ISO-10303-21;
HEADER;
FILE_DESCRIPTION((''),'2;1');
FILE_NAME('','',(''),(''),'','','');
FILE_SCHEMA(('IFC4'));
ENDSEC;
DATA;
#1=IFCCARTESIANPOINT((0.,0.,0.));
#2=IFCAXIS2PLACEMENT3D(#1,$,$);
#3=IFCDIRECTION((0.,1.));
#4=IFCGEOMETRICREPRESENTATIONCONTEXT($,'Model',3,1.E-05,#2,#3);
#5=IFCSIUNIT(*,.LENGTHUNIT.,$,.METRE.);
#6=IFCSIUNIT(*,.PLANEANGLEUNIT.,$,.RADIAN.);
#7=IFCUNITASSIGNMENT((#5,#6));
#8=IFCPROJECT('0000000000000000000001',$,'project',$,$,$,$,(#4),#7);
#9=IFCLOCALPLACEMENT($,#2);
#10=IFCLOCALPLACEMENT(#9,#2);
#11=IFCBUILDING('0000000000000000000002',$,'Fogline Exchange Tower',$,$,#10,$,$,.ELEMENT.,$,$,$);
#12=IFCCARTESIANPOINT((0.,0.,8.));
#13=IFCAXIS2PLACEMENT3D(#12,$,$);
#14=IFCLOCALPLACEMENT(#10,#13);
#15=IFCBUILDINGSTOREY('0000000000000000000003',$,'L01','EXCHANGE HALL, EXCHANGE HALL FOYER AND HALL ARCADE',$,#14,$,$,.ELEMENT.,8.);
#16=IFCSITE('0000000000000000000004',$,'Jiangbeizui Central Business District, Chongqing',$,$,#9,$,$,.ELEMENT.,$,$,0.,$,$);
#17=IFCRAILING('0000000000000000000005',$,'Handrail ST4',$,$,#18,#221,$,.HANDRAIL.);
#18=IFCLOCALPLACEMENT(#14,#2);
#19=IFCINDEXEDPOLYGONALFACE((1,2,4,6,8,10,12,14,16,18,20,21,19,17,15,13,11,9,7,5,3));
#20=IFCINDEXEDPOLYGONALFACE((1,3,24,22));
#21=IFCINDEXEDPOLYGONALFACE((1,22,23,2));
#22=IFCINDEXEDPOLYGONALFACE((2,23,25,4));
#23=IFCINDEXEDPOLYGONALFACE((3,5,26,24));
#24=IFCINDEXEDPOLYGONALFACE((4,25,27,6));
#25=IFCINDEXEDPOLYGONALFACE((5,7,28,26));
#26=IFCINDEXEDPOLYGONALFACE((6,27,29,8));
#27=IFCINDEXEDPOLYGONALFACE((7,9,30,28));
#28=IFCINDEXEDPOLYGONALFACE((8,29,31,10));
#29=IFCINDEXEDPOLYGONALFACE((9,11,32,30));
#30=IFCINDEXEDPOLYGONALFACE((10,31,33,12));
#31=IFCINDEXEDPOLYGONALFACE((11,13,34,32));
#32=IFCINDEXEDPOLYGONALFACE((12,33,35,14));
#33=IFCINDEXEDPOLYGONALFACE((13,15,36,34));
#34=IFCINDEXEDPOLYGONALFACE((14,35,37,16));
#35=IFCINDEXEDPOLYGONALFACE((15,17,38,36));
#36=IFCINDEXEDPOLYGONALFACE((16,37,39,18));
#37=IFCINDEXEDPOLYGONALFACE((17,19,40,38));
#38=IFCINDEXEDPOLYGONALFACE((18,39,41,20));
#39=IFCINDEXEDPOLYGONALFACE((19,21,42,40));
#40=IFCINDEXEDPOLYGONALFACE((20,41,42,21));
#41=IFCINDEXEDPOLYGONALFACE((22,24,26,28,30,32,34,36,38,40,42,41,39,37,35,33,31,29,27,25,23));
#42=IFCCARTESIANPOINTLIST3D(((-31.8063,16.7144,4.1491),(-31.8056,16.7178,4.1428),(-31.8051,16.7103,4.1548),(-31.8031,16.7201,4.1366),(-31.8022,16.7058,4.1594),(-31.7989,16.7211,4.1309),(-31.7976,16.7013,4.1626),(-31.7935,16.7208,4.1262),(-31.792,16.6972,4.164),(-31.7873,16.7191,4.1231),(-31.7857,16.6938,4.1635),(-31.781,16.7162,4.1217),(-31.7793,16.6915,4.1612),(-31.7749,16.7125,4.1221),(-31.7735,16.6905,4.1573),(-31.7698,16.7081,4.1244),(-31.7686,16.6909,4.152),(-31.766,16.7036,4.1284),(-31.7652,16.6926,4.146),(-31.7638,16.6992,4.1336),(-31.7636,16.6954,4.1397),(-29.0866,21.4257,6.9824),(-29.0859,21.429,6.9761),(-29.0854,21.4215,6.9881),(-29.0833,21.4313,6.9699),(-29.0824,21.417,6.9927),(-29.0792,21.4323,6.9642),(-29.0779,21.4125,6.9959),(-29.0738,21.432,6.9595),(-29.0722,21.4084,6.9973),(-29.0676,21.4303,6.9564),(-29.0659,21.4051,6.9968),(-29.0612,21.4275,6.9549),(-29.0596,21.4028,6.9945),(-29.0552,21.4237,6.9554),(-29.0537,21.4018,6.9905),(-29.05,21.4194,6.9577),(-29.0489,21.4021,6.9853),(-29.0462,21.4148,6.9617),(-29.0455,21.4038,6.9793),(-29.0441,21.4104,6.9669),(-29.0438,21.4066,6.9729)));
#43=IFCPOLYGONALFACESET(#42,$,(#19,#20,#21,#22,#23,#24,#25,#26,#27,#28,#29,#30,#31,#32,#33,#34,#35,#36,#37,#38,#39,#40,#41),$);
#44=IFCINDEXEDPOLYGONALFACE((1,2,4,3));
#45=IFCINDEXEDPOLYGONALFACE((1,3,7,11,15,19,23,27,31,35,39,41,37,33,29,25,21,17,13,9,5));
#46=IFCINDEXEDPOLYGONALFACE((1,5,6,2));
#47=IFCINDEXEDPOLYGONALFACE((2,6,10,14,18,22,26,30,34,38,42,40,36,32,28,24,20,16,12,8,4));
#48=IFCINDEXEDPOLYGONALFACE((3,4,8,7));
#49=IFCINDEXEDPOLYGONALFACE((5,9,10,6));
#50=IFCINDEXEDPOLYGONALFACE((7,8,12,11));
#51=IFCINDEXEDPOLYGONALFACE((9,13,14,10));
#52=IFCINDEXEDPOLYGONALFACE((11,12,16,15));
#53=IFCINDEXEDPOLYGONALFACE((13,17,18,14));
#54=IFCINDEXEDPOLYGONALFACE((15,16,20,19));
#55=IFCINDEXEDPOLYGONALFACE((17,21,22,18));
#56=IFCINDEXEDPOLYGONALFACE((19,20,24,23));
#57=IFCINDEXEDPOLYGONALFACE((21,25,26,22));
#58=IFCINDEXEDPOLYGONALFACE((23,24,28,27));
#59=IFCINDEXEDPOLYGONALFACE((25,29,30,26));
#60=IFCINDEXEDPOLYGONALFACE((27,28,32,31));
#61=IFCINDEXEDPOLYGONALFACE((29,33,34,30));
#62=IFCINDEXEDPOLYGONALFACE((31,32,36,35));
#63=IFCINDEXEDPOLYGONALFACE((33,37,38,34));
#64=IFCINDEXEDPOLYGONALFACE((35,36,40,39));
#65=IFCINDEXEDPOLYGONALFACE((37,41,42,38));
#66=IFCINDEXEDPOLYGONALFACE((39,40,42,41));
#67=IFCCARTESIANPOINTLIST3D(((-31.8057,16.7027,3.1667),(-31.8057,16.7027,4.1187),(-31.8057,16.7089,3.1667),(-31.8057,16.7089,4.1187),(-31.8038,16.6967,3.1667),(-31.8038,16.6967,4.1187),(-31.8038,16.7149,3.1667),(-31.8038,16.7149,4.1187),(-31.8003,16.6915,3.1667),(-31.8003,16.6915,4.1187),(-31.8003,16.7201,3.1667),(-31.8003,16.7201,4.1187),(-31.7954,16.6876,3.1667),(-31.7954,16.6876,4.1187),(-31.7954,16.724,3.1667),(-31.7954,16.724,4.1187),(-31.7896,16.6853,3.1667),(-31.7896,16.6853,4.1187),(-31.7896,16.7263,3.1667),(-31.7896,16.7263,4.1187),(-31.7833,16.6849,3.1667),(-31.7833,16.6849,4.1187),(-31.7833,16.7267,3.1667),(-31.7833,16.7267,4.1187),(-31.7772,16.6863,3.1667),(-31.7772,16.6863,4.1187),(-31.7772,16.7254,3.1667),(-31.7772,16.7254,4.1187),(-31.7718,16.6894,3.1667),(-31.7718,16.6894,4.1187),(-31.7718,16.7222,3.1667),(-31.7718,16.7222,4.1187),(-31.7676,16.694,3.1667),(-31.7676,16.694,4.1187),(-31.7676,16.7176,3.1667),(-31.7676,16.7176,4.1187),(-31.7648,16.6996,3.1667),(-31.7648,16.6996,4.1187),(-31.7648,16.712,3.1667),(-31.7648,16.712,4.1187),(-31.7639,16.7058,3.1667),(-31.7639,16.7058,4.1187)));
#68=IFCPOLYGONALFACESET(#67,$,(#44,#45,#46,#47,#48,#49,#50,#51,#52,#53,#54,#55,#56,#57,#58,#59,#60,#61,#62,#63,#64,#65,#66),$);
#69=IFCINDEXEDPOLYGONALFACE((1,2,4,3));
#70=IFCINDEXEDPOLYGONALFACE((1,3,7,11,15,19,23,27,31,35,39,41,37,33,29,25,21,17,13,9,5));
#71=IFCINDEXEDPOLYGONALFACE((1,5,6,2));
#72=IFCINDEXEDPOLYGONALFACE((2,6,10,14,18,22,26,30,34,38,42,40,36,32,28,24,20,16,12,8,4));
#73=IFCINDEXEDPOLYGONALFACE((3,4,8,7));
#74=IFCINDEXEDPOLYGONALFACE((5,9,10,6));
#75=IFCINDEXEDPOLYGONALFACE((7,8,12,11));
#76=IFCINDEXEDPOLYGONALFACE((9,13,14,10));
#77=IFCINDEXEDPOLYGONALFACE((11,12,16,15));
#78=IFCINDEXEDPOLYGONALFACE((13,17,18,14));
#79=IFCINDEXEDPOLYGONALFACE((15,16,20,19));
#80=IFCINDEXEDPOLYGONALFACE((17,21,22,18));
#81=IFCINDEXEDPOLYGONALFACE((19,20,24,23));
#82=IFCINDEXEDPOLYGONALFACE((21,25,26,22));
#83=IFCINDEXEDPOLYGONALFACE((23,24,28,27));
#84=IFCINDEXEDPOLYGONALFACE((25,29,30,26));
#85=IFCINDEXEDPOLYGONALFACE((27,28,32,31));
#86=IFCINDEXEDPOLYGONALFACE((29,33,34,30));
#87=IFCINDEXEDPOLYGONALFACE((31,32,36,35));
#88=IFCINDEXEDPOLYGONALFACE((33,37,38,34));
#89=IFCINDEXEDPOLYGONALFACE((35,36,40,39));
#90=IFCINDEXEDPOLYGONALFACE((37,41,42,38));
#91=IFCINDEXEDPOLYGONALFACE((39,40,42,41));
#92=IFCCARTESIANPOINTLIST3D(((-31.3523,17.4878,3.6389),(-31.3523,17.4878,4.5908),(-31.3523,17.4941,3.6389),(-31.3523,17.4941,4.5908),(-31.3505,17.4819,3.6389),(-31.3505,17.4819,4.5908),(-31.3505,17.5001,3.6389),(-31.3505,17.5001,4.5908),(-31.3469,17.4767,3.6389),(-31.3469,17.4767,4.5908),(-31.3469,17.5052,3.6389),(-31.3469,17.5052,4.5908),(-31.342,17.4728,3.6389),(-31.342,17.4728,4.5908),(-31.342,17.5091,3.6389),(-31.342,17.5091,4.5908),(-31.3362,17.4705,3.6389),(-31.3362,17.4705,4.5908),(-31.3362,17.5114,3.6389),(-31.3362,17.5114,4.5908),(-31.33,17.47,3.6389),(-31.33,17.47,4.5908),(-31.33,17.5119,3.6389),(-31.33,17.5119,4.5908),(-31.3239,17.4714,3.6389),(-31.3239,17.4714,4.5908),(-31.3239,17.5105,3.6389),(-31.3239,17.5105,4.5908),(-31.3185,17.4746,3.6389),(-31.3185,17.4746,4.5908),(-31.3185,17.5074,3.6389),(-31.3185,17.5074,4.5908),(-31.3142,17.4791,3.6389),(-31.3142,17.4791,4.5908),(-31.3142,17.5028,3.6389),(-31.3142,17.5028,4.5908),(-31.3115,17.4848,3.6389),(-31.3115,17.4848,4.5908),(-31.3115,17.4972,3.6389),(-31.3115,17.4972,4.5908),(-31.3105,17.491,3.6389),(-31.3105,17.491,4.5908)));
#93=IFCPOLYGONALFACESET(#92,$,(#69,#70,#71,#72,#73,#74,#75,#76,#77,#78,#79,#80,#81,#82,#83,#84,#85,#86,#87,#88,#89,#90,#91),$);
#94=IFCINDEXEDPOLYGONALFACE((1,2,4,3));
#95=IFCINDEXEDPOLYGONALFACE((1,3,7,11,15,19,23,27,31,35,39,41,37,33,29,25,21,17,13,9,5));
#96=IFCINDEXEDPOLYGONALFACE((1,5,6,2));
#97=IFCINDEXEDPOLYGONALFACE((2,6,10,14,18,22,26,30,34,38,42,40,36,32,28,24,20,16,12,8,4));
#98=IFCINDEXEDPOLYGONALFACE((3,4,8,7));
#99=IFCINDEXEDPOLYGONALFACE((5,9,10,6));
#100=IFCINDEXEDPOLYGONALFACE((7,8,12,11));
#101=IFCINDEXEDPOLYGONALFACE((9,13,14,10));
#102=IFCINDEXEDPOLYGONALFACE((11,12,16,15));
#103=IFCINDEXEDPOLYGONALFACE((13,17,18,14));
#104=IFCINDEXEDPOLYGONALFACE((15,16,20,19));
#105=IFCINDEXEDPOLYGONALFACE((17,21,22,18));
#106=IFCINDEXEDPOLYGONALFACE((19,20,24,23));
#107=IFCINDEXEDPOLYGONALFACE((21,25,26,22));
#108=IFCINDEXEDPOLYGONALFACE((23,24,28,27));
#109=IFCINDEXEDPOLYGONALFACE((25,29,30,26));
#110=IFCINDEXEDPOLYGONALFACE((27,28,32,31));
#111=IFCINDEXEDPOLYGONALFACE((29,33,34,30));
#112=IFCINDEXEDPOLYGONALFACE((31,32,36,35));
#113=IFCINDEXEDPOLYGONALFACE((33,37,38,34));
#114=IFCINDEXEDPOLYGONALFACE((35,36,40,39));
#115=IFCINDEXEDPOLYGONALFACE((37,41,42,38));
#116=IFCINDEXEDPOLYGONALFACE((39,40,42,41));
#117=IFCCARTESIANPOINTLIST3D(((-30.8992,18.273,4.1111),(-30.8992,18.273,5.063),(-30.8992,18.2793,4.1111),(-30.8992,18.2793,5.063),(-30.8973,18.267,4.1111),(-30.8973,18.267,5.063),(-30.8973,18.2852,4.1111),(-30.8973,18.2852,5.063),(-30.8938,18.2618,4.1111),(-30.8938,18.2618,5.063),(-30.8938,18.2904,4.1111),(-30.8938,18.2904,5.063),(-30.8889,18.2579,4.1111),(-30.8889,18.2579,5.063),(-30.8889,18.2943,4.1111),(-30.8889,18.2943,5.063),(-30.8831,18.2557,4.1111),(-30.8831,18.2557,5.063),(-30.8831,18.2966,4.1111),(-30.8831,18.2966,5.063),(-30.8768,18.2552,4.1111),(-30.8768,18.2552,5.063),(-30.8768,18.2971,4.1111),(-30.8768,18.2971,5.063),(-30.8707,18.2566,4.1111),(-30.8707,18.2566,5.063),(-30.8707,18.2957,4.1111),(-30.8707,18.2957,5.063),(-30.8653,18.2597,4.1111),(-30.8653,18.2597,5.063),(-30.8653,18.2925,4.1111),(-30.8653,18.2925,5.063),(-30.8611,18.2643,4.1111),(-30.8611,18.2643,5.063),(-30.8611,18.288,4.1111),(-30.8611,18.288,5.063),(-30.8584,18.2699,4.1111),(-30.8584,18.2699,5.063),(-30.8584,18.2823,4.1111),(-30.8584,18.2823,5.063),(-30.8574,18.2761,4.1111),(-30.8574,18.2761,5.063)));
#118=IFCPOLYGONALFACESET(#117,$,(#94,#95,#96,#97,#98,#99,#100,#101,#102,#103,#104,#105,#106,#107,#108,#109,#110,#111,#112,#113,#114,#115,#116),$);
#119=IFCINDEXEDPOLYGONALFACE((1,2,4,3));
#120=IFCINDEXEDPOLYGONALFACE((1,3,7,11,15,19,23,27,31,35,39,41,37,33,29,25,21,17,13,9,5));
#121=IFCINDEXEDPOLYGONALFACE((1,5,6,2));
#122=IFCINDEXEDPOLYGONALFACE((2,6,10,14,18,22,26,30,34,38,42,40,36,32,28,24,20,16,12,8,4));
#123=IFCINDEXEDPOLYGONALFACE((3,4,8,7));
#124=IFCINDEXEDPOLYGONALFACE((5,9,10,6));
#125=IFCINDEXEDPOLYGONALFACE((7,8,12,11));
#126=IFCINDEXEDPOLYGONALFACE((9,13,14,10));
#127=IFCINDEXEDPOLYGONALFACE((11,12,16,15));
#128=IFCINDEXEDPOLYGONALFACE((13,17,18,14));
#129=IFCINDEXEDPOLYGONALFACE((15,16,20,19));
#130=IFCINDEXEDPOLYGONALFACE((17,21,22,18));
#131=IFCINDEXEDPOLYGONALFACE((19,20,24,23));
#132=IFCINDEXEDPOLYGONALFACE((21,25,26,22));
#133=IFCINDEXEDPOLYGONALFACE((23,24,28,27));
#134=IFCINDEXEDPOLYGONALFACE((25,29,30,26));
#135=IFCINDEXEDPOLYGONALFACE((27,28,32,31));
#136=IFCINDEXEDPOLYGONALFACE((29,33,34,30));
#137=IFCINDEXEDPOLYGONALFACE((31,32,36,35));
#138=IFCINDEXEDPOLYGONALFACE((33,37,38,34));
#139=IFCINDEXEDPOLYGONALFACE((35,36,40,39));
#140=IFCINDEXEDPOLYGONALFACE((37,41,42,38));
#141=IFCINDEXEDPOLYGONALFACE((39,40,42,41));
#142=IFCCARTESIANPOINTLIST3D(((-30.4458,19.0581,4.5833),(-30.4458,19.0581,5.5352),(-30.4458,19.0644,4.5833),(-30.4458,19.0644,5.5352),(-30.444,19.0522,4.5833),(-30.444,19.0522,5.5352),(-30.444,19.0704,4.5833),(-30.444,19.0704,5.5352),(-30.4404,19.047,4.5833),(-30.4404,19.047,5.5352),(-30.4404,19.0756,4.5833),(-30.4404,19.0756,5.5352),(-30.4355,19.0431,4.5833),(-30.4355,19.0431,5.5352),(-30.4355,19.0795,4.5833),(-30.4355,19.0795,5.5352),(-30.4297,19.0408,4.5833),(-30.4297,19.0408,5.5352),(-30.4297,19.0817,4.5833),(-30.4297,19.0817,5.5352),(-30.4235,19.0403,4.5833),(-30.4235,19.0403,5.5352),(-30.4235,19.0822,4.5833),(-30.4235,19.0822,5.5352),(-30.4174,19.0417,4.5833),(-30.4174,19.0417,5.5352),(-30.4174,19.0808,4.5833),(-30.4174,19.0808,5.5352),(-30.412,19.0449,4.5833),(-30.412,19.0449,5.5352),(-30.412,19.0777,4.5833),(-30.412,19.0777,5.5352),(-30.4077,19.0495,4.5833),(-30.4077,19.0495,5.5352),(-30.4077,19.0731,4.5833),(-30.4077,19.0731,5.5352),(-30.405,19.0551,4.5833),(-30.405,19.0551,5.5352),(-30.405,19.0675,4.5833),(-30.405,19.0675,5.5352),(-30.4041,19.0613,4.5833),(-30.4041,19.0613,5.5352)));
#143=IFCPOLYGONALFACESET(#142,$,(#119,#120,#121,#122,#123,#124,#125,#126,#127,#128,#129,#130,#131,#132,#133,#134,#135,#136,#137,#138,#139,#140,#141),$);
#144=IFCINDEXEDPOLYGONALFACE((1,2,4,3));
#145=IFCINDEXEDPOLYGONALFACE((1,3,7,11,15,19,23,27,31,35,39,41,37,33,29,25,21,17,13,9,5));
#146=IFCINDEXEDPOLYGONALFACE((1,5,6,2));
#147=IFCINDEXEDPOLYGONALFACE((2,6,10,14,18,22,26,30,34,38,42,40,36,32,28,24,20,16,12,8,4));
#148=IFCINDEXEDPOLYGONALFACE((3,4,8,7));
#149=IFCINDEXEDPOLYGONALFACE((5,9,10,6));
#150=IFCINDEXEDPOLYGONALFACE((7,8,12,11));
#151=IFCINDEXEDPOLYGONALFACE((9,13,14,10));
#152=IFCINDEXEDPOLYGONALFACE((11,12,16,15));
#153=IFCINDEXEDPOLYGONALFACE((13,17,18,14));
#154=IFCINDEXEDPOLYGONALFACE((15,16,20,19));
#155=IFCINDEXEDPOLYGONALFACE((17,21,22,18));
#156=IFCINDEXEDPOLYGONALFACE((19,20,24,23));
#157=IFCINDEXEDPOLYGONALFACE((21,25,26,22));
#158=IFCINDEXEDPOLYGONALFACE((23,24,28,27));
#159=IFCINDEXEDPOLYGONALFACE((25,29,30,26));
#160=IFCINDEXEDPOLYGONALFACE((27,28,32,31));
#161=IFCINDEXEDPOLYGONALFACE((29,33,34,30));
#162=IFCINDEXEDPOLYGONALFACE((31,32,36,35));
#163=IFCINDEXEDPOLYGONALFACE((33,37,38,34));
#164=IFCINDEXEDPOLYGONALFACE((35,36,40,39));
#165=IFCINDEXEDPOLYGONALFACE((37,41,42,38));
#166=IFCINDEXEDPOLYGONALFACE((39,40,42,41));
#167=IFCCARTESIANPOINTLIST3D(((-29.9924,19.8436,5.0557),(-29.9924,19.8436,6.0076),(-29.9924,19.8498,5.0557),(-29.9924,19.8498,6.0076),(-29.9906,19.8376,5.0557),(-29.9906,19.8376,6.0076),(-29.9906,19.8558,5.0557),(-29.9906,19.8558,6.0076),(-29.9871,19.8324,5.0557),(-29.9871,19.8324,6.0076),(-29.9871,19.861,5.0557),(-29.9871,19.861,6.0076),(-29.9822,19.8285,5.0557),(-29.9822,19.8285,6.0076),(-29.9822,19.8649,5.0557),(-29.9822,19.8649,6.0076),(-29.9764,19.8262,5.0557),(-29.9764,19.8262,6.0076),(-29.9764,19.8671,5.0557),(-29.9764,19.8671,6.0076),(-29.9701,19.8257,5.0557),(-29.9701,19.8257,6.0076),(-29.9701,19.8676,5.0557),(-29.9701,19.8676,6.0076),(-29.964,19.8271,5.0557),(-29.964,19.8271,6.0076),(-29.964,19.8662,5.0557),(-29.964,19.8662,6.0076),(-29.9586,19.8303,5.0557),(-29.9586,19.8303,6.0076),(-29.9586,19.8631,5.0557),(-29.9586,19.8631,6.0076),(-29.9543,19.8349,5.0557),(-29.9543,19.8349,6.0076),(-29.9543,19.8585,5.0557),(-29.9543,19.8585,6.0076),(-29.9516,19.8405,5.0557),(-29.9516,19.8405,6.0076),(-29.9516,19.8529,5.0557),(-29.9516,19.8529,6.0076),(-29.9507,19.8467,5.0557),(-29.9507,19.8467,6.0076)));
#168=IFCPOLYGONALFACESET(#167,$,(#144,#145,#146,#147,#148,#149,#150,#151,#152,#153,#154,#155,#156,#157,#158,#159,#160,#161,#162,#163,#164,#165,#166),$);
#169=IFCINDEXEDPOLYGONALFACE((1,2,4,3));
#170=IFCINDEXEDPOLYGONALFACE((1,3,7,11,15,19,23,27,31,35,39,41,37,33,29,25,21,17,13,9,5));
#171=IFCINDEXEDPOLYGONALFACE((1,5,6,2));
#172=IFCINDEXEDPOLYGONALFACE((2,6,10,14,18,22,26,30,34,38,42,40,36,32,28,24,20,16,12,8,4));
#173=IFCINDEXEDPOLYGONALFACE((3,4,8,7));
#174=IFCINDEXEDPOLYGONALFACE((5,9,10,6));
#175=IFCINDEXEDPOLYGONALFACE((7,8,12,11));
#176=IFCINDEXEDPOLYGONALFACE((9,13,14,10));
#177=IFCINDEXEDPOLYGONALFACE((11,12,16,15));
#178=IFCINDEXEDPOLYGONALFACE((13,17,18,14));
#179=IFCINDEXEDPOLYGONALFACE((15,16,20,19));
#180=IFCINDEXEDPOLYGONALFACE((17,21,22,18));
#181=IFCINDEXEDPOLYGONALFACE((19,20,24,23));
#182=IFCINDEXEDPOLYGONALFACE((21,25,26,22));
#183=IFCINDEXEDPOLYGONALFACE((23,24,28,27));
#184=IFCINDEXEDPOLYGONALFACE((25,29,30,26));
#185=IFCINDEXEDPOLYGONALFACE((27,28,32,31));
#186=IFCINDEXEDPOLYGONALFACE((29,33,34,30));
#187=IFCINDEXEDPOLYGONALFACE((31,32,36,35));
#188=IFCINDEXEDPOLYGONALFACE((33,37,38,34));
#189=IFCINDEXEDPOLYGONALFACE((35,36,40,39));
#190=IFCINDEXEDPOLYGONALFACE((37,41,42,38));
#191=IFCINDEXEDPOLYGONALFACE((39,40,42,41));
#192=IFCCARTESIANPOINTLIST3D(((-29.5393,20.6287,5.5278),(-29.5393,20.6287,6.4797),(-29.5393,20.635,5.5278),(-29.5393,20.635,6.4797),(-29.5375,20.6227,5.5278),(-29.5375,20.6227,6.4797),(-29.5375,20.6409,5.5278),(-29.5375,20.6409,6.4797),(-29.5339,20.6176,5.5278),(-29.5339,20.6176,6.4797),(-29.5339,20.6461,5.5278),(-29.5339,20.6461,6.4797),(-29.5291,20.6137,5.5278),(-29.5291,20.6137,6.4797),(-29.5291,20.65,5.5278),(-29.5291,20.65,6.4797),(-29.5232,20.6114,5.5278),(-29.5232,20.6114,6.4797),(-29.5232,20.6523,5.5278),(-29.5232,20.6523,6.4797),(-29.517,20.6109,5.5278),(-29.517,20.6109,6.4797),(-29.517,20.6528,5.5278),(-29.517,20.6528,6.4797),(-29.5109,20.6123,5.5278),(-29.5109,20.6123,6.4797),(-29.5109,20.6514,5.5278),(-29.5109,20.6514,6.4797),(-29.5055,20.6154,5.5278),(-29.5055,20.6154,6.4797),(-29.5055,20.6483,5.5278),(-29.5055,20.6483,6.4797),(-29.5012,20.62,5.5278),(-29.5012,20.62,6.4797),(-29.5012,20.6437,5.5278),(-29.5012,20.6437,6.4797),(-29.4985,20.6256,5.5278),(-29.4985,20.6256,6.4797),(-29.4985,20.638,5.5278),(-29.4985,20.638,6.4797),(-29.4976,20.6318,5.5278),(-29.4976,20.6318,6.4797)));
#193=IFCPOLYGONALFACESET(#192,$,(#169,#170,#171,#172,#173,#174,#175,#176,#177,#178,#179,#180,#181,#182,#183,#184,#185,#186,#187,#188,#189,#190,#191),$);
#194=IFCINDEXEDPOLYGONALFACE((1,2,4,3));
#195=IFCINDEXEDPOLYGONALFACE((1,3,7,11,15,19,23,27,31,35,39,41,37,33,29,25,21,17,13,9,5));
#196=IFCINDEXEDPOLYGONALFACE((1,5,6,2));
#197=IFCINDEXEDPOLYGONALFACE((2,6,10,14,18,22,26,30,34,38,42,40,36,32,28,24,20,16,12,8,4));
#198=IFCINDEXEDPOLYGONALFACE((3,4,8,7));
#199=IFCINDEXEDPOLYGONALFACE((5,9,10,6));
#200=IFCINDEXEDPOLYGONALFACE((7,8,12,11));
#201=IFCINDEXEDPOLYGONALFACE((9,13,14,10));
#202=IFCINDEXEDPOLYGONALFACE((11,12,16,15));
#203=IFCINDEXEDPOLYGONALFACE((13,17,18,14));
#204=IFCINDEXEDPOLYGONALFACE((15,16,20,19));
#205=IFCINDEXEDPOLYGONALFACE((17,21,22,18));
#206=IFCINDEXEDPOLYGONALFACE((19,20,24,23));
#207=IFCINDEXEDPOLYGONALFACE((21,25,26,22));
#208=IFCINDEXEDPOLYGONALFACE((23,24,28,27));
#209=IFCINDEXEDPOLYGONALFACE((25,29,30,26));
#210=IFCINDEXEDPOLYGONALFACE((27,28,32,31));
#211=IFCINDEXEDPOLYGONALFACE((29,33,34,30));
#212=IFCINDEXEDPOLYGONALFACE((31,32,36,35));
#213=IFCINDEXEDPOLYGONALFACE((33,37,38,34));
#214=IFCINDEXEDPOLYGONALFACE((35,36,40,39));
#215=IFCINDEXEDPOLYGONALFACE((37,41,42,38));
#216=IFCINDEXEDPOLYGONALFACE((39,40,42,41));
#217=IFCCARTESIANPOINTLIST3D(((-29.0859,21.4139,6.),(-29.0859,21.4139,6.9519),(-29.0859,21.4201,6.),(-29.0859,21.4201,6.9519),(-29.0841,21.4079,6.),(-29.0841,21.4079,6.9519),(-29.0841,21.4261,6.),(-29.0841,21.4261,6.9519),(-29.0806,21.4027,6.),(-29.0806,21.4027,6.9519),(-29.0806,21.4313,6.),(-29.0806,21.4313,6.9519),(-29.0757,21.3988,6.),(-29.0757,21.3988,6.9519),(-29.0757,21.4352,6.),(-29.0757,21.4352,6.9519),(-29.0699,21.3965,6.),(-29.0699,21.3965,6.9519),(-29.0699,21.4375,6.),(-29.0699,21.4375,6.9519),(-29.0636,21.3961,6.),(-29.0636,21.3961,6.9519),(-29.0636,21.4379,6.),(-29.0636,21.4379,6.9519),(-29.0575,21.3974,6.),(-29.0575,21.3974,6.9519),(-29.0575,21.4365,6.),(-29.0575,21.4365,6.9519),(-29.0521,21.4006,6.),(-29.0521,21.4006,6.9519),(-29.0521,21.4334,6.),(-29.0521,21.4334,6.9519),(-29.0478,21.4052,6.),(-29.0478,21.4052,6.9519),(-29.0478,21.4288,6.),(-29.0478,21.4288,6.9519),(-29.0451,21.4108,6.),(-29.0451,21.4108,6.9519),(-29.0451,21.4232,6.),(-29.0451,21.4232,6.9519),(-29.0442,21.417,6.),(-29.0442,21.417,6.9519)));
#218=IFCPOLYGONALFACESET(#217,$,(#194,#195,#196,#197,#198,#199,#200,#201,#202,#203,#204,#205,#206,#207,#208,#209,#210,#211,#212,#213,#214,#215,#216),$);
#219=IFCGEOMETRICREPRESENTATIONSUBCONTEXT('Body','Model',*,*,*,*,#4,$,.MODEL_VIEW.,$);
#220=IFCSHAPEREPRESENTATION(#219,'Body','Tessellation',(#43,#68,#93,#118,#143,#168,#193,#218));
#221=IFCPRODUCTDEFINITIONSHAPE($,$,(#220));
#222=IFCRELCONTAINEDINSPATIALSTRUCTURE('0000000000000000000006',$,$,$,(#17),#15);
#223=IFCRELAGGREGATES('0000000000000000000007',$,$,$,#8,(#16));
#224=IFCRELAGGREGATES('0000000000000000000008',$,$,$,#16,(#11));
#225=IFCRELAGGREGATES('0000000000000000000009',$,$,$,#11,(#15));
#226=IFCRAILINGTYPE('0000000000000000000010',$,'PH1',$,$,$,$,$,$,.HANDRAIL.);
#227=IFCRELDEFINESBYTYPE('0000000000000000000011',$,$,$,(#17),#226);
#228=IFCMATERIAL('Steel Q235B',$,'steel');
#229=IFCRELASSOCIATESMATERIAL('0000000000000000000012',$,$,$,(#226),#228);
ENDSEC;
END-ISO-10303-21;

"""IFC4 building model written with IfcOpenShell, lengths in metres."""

from ifc_helpers import new_model, si_unit, direction, frame, origin, origin_2d, place, context, subcontext, project, spatial, circle, extrude, material, type_object, element, save


model = new_model("IFC4")

# Units and contexts
model_context = context("Model", 3, precision=1e-05, world=origin(), true_north=direction((0.0, 1.0)))
body_context = subcontext(model_context, "Body", "Model", "MODEL_VIEW")
ifc_project = project(units=[si_unit("LENGTHUNIT", "METRE"), si_unit("PLANEANGLEUNIT", "RADIAN")], contexts=[model_context])

# Site, building, storey
site_placement = place(None, origin())
site = spatial("IfcSite", under=ifc_project, at=site_placement, Name="Jiangbeizui Central Business District, Chongqing", CompositionType="ELEMENT", RefElevation=0.0)
building_placement = place(site_placement, origin())
building = spatial("IfcBuilding", under=site, at=building_placement, Name="Fogline Exchange Tower", CompositionType="ELEMENT")
storey_placement = place(building_placement, frame((0.0, 0.0, 8.0)))
storey = spatial("IfcBuildingStorey", under=building, at=storey_placement, Name="L01", Description="EXCHANGE HALL, EXCHANGE HALL FOYER AND HALL ARCADE", CompositionType="ELEMENT", Elevation=8.0)

# Railing
ifc_material_1 = material(Name="Steel Q235B", Category="steel")
railing_type_1 = type_object("IfcRailingType", Name="PH1", PredefinedType="HANDRAIL", material=ifc_material_1)
railing_1_placement = place(storey_placement, frame((-31.7849, 16.7058, 3.1667)))
element("IfcRailing", 1, at=railing_1_placement, inside=storey, type_object=railing_type_1, Name="Handrail ST4", PredefinedType="HANDRAIL", context=body_context, shape_type="SweptSolid", body=[
    extrude(circle(Radius=0.0239, at=origin_2d()), frame((0.0, 0.0, 0.9761), z_axis=(0.443424, 0.76811, 0.461933), x_axis=(-0.866047, 0.499962, 0.0)), (0.0, 0.0, 1.0), 6.1335),
    extrude(circle(Radius=0.021, at=origin_2d()), origin(), (0.0, 0.0, 1.0), 0.9519),
    extrude(circle(Radius=0.021, at=origin_2d()), frame((0.4534, 0.7852, 0.4722)), (0.0, 0.0, 1.0), 0.9519),
    extrude(circle(Radius=0.021, at=origin_2d()), frame((0.9065, 1.5703, 0.9443)), (0.0, 0.0, 1.0), 0.9519),
    extrude(circle(Radius=0.021, at=origin_2d()), frame((1.3599, 2.3555, 1.4165)), (0.0, 0.0, 1.0), 0.9519),
    extrude(circle(Radius=0.021, at=origin_2d()), frame((1.8132, 3.1409, 1.8889)), (0.0, 0.0, 1.0), 0.9519),
    extrude(circle(Radius=0.021, at=origin_2d()), frame((2.2664, 3.926, 2.3611)), (0.0, 0.0, 1.0), 0.9519),
    extrude(circle(Radius=0.021, at=origin_2d()), frame((2.7197, 4.7112, 2.8333)), (0.0, 0.0, 1.0), 0.9519),
])

save(model, "model.ifc")
